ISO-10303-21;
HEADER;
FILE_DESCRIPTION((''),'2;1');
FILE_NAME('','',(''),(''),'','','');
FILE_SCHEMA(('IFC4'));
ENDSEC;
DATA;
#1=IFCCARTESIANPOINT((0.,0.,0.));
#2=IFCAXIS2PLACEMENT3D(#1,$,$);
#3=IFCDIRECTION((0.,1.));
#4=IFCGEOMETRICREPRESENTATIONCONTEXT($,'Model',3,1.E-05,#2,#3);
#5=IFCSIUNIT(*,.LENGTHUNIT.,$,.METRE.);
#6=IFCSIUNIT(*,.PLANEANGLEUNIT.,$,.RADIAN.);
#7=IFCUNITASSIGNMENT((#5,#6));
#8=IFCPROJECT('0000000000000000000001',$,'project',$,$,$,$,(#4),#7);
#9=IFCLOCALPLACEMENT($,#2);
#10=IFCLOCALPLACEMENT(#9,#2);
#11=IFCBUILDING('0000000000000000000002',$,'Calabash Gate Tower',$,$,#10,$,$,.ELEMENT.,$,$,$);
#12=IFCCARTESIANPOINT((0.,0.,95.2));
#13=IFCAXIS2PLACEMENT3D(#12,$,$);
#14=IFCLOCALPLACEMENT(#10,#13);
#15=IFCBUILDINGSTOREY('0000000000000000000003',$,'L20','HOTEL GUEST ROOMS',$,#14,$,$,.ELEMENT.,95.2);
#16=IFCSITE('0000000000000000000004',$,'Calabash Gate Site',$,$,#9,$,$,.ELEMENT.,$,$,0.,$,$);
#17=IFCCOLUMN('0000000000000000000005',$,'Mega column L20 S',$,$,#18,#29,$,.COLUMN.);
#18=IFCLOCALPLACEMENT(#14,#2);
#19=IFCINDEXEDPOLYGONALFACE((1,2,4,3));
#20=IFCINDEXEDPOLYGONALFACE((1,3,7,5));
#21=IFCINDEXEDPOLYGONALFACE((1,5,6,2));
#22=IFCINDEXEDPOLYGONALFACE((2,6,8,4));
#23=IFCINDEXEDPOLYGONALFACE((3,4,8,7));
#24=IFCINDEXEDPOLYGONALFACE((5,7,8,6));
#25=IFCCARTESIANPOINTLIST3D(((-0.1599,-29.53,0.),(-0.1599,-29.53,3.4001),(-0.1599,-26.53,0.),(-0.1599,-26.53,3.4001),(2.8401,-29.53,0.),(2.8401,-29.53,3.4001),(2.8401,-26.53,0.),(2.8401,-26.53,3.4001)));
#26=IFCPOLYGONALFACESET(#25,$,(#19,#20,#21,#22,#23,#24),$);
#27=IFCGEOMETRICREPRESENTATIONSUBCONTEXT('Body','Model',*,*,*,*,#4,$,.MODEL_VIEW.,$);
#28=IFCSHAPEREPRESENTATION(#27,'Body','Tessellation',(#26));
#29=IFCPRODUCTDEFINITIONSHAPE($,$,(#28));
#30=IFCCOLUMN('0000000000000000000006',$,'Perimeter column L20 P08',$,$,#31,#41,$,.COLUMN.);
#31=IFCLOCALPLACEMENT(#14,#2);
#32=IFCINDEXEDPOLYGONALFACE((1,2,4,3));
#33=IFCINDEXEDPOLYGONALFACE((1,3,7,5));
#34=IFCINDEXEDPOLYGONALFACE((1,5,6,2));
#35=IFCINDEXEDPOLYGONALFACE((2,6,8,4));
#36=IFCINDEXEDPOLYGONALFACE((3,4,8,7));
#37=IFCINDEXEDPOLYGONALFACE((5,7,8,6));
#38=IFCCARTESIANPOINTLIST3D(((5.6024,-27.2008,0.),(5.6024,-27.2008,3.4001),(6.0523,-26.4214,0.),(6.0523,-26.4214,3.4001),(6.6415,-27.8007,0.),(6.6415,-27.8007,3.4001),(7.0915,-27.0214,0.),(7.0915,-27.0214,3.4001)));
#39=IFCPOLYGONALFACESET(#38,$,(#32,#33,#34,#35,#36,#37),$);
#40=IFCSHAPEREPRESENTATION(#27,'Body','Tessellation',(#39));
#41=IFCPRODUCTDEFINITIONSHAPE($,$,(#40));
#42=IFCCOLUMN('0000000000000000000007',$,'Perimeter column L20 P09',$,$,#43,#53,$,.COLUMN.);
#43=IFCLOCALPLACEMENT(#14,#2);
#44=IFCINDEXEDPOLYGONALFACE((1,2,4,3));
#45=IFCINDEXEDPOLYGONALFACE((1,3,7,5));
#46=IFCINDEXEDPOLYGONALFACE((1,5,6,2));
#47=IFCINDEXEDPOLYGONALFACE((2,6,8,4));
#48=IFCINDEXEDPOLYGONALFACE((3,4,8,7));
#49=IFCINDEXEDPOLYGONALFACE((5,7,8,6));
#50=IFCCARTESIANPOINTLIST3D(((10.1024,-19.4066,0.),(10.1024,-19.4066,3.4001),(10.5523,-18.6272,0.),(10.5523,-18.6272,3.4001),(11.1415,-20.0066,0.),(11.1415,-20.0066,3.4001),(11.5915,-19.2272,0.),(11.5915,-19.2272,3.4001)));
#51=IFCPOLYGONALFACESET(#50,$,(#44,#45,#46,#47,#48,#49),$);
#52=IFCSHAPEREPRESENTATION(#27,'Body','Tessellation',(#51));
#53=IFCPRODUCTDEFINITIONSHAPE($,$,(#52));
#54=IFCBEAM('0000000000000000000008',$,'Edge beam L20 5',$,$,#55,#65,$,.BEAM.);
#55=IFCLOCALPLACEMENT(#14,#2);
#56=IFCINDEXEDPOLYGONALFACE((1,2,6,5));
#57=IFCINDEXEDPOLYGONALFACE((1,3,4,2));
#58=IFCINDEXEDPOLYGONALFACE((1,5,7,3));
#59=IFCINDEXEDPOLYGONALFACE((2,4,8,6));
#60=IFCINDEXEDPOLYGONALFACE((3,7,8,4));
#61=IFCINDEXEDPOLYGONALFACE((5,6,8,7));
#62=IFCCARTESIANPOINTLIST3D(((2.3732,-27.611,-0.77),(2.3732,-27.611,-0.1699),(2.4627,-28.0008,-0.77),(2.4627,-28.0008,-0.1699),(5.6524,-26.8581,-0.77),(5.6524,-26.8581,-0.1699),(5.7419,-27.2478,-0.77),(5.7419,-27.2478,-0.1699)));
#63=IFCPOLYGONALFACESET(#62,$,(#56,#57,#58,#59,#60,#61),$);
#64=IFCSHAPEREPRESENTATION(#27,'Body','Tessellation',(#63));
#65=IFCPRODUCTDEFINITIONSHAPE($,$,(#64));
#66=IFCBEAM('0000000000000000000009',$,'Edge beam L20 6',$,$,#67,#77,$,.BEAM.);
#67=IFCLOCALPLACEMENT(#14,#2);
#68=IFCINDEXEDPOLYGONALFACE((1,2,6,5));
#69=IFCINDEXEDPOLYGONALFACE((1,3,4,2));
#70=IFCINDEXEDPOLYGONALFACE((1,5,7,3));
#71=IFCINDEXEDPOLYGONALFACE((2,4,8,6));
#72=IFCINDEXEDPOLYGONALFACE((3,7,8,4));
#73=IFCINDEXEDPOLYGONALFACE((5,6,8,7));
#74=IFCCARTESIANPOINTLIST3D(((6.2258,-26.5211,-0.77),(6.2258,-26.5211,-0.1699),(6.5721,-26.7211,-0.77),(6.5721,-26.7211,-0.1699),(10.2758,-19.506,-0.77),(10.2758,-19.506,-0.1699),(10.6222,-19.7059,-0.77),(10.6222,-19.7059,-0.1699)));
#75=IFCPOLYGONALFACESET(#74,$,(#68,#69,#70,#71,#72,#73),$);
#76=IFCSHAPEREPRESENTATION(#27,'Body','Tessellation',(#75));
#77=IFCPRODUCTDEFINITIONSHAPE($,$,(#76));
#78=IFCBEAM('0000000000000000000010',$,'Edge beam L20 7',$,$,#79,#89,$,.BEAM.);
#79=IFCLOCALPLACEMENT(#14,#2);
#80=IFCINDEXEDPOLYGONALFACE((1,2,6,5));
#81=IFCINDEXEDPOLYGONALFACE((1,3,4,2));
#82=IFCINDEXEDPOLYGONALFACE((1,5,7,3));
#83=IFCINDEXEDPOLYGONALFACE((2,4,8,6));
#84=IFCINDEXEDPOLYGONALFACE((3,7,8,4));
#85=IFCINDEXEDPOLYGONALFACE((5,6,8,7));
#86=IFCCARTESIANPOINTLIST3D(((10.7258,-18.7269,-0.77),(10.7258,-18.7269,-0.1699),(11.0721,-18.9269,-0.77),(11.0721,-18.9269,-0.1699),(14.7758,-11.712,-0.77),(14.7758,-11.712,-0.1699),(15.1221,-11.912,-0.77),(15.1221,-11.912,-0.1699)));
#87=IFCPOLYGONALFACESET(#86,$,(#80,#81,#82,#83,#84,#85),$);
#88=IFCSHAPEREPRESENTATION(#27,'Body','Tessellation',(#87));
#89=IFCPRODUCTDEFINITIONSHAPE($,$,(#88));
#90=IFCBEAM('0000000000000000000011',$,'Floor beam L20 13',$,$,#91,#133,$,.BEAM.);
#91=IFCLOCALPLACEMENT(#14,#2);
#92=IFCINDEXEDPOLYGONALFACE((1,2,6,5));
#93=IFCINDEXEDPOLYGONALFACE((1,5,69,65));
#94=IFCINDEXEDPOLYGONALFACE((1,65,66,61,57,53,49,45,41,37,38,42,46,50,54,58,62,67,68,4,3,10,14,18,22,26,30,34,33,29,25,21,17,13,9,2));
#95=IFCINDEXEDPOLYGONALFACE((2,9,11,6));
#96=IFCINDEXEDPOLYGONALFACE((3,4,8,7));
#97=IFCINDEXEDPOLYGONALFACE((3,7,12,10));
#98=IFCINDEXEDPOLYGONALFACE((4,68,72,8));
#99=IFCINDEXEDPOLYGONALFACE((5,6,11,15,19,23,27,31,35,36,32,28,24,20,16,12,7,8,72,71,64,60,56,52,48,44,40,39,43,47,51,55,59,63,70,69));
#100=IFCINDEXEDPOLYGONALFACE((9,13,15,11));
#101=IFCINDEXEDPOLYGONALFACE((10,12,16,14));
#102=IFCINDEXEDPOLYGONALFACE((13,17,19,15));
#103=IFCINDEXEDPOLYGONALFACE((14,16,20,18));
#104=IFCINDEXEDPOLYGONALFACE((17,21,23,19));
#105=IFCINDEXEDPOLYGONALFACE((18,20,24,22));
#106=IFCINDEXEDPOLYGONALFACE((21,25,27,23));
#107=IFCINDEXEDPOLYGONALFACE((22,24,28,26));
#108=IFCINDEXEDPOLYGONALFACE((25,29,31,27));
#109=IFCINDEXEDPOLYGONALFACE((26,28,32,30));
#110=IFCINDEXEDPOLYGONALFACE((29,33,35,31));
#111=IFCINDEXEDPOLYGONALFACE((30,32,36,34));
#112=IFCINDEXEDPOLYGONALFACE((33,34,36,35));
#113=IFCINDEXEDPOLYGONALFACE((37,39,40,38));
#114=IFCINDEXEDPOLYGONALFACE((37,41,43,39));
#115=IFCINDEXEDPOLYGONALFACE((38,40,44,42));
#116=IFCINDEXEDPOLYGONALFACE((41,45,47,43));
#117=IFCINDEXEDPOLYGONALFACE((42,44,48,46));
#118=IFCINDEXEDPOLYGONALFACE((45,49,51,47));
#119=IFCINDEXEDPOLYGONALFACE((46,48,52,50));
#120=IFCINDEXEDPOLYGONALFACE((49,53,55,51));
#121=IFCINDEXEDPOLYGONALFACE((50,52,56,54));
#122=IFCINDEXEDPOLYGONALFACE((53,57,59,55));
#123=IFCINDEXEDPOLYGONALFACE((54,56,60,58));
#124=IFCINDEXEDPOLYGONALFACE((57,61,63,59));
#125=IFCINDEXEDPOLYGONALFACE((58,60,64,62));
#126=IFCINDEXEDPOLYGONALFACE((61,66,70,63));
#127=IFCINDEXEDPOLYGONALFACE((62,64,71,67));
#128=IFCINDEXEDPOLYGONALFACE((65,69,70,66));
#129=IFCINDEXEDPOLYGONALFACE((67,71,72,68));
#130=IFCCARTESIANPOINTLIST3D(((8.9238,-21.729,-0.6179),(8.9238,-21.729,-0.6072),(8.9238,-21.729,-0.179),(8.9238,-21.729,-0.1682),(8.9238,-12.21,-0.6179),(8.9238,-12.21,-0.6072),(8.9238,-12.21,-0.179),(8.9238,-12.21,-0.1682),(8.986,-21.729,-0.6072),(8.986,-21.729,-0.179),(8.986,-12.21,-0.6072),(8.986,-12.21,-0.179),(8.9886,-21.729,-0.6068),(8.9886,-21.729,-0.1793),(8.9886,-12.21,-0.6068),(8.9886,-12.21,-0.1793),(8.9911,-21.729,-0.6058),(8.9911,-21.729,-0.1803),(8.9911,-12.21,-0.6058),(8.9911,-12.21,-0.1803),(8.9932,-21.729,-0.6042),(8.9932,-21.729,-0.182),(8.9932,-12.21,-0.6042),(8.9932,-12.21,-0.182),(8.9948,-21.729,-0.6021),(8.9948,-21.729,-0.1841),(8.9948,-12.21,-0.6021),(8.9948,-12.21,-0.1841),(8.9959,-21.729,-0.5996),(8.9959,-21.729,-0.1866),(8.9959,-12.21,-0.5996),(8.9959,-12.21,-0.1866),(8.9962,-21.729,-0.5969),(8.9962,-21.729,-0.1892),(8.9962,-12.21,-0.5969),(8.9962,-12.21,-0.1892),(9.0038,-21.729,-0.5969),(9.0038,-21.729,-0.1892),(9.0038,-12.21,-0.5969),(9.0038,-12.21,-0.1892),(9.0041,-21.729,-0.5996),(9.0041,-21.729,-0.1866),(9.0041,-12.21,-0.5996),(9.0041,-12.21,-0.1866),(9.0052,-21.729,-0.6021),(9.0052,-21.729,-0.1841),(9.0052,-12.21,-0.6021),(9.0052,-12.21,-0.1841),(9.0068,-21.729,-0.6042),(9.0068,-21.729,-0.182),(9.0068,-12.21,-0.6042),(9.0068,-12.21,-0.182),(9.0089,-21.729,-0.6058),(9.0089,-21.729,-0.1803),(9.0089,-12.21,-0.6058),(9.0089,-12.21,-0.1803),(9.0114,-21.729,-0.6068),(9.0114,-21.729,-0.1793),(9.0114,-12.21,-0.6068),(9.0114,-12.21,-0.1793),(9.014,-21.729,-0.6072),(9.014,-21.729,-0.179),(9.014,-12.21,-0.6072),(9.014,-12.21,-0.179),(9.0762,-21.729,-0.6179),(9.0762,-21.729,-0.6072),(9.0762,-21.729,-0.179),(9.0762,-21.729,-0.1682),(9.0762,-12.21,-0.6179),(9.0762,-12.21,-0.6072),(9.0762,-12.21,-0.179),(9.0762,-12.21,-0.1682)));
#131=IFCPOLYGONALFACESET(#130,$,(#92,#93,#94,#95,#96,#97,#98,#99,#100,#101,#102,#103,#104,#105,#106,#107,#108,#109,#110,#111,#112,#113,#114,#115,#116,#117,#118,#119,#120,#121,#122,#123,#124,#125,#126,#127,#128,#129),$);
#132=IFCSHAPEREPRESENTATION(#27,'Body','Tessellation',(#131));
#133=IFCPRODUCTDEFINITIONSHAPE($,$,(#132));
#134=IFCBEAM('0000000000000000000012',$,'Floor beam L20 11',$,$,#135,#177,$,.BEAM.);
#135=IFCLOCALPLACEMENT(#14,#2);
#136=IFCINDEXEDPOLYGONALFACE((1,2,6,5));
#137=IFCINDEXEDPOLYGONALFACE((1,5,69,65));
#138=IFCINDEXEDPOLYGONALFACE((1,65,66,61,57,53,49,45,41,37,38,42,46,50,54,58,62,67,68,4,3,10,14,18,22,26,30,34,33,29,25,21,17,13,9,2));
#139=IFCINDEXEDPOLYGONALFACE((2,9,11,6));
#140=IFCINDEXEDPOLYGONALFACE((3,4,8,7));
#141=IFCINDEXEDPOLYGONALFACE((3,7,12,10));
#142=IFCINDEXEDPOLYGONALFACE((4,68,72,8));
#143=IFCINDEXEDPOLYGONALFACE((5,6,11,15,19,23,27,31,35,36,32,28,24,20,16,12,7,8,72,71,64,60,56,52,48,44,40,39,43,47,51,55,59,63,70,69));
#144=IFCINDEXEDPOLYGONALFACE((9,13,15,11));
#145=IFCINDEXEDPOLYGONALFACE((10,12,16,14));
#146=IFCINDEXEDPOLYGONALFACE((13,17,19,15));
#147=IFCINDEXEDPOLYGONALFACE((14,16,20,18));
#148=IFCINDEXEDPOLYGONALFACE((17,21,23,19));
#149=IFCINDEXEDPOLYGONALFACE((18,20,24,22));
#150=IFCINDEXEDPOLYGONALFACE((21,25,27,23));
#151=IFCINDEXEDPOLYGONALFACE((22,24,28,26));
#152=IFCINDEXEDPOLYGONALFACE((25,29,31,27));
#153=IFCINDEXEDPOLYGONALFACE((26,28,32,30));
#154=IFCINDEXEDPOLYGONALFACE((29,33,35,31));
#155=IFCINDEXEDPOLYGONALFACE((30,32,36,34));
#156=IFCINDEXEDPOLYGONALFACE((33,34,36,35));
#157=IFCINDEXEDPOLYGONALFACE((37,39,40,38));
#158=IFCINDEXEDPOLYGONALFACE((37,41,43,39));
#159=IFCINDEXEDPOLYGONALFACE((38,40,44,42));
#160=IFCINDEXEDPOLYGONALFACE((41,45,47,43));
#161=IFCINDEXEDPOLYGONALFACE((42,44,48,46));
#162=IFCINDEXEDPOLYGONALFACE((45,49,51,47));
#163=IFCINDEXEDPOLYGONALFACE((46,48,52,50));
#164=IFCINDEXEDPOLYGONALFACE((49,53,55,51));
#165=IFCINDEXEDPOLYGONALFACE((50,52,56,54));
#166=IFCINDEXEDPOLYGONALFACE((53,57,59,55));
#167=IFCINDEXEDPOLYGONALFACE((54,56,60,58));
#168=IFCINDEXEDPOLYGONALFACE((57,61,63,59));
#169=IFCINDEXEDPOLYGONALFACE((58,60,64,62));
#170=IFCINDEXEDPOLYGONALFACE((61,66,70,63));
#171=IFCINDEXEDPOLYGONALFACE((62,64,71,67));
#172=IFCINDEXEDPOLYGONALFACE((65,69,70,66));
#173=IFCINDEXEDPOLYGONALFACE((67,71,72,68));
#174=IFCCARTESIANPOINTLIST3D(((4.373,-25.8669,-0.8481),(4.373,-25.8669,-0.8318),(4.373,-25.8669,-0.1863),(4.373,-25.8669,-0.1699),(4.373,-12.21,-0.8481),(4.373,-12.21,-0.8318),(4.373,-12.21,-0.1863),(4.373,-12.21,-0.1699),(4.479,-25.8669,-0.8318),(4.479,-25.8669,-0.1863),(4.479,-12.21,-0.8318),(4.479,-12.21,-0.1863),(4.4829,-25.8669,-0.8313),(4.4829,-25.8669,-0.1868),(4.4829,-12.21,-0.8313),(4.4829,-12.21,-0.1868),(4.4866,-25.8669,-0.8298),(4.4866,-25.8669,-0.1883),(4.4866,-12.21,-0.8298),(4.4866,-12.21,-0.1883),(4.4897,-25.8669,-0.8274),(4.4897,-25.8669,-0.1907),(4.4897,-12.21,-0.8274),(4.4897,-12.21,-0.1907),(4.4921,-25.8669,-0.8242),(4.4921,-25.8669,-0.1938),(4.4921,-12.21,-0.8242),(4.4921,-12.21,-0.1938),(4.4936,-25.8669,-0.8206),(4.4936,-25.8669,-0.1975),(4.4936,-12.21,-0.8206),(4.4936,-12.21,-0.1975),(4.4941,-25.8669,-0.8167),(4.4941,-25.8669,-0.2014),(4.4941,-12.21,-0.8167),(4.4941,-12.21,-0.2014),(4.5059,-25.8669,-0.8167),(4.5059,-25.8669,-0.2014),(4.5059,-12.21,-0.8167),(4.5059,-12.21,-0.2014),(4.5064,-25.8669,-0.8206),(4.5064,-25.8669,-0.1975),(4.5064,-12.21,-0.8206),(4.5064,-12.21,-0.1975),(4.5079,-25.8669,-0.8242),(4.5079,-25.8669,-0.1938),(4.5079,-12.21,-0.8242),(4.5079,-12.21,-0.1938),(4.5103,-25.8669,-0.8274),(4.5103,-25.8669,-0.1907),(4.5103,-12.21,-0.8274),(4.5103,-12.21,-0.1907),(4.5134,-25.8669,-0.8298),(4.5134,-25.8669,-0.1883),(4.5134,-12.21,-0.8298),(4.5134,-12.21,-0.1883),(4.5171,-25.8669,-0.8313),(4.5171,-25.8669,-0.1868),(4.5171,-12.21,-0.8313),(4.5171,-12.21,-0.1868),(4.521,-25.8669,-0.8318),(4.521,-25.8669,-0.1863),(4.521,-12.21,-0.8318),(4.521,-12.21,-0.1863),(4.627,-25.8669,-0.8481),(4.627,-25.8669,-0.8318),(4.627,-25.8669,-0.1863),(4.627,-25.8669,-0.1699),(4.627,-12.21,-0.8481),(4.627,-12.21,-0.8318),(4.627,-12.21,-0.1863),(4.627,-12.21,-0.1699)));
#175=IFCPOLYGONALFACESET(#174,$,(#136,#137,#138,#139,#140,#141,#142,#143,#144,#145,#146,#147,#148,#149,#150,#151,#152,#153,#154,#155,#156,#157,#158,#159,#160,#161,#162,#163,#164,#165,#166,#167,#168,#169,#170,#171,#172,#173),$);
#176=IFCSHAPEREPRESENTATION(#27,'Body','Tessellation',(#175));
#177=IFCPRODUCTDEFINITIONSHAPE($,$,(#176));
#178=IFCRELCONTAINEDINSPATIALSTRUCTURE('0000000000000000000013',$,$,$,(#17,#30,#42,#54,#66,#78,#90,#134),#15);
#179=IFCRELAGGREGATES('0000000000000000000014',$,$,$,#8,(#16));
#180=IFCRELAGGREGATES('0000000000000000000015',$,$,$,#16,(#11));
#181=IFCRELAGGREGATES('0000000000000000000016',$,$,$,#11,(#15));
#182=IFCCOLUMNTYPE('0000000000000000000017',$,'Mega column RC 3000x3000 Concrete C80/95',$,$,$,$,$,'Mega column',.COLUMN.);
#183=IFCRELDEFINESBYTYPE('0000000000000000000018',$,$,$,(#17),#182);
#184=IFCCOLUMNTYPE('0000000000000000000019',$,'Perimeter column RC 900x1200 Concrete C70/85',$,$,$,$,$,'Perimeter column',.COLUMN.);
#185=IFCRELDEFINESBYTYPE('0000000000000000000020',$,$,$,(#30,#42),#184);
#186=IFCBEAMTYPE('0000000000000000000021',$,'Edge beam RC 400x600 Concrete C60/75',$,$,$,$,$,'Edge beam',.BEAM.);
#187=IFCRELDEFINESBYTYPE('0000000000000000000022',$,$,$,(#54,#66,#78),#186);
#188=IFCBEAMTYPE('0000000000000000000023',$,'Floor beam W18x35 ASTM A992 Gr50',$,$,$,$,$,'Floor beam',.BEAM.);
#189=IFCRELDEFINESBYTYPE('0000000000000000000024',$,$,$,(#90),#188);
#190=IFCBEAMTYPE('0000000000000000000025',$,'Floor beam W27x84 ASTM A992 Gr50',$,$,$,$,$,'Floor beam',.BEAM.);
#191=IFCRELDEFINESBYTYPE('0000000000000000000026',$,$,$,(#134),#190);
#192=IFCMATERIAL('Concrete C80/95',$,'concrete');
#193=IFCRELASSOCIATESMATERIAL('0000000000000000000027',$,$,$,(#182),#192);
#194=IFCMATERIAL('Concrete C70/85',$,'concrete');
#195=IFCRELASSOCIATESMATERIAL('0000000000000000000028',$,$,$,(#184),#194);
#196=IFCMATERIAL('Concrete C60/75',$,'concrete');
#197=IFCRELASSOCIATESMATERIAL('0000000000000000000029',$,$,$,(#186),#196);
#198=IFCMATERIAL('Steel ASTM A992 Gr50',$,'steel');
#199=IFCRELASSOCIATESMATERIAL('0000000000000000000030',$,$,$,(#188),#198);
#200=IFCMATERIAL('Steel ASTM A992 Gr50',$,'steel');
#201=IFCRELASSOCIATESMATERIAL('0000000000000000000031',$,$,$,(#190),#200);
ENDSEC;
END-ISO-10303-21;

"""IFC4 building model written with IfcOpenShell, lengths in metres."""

from ifc_helpers import new_model, si_unit, direction, frame, origin, origin_2d, place, context, subcontext, project, spatial, rectangle, i_section, extrude, material, material_profile, profile_set, type_object, element, save


model = new_model("IFC4")

# Units and contexts
model_context = context("Model", 3, precision=1e-05, world=origin(), true_north=direction((0.0, 1.0)))
body_context = subcontext(model_context, "Body", "Model", "MODEL_VIEW")
ifc_project = project(units=[si_unit("LENGTHUNIT", "METRE"), si_unit("PLANEANGLEUNIT", "RADIAN")], contexts=[model_context])

# Site, building, storey
site_placement = place(None, origin())
site = spatial("IfcSite", under=ifc_project, at=site_placement, Name="Calabash Gate Site", CompositionType="ELEMENT", RefElevation=0.0)
building_placement = place(site_placement, origin())
building = spatial("IfcBuilding", under=site, at=building_placement, Name="Calabash Gate Tower", CompositionType="ELEMENT")
storey_placement = place(building_placement, frame((0.0, 0.0, 95.2)))
storey = spatial("IfcBuildingStorey", under=building, at=storey_placement, Name="L20", Description="HOTEL GUEST ROOMS", CompositionType="ELEMENT", Elevation=95.2)

# Columns
ifc_material_1 = material(Name="Concrete C80/95", Category="concrete")
ifc_material_profile_1 = material_profile(ifc_material_1, rectangle(XDim=3.0, YDim=3.0, at=origin_2d()))
ifc_profile_set_1 = profile_set([ifc_material_profile_1], Name="Concrete C80/95")
column_type_1 = type_object("IfcColumnType", Name="Mega column RC 3000x3000 Concrete C80/95", ElementType="Mega column", PredefinedType="COLUMN", material=ifc_profile_set_1)
column_placement = place(storey_placement, frame((1.3401, -28.03, 0.0), z_axis=(0.0, 0.0, 1.0), x_axis=(0.0, 1.0, 0.0)))
element("IfcColumn", 1, at=column_placement, inside=storey, type_object=column_type_1, Name="Mega column L20 S", PredefinedType="COLUMN", context=body_context, shape_type="SweptSolid", body=[
    extrude(rectangle(XDim=3.0, YDim=3.0, at=origin_2d()), origin(), (0.0, 0.0, 1.0), 3.4001),
])
ifc_material_2 = material(Name="Concrete C70/85", Category="concrete")
ifc_material_profile_2 = material_profile(ifc_material_2, rectangle(XDim=0.8999, YDim=1.2, at=origin_2d()))
ifc_profile_set_2 = profile_set([ifc_material_profile_2], Name="Concrete C70/85")
column_type_2 = type_object("IfcColumnType", Name="Perimeter column RC 900x1200 Concrete C70/85", ElementType="Perimeter column", PredefinedType="COLUMN", material=ifc_profile_set_2)
for number, where, z_axis, x_axis, name in (
    (2, (6.3469, -27.1111, 0.0), (0.0, 0.0, 1.0), (0.5, 0.866025, 0.0), "Perimeter column L20 P08"),
    (3, (10.8469, -19.3169, 0.0), (0.0, 0.0, 1.0), (0.5, 0.866025, 0.0), "Perimeter column L20 P09"),
):
    element("IfcColumn", number, at=place(storey_placement, frame(where, z_axis=z_axis, x_axis=x_axis)), inside=storey, type_object=column_type_2, Name=name, PredefinedType="COLUMN", context=body_context, shape_type="SweptSolid", body=[
        extrude(rectangle(XDim=0.8999, YDim=1.2, at=origin_2d()), origin(), (0.0, 0.0, 1.0), 3.4001),
    ])

# Beams
ifc_material_3 = material(Name="Concrete C60/75", Category="concrete")
ifc_material_profile_3 = material_profile(ifc_material_3, rectangle(XDim=0.3999, YDim=0.6001, at=origin_2d()))
ifc_profile_set_3 = profile_set([ifc_material_profile_3], Name="Concrete C60/75")
beam_type_1 = type_object("IfcBeamType", Name="Edge beam RC 400x600 Concrete C60/75", ElementType="Edge beam", PredefinedType="BEAM", material=ifc_profile_set_3)
beam_1_placement = place(storey_placement, frame((2.418, -27.8059, -0.47), z_axis=(0.974636, 0.223794, 0.0), x_axis=(-0.223794, 0.974636, 0.0)))
element("IfcBeam", 4, at=beam_1_placement, inside=storey, type_object=beam_type_1, Name="Edge beam L20 5", PredefinedType="BEAM", context=body_context, shape_type="SweptSolid", body=[
    extrude(rectangle(XDim=0.3999, YDim=0.6001, at=origin_2d()), origin(), (0.0, 0.0, 1.0), 3.3645),
])
beam_2_placement = place(storey_placement, frame((6.3989, -26.6211, -0.47), z_axis=(0.499987, 0.866033, 0.0), x_axis=(-0.866033, 0.499987, 0.0)))
element("IfcBeam", 5, at=beam_2_placement, inside=storey, type_object=beam_type_1, Name="Edge beam L20 6", PredefinedType="BEAM", context=body_context, shape_type="SweptSolid", body=[
    extrude(rectangle(XDim=0.3999, YDim=0.6001, at=origin_2d()), origin(), (0.0, 0.0, 1.0), 8.1003),
])
beam_3_placement = place(storey_placement, frame((10.8989, -18.8269, -0.47), z_axis=(0.5, 0.866025, 0.0), x_axis=(-0.866025, 0.5, 0.0)))
element("IfcBeam", 6, at=beam_3_placement, inside=storey, type_object=beam_type_1, Name="Edge beam L20 7", PredefinedType="BEAM", context=body_context, shape_type="SweptSolid", body=[
    extrude(rectangle(XDim=0.3999, YDim=0.6001, at=origin_2d()), origin(), (0.0, 0.0, 1.0), 8.1001),
])
ifc_material_4 = material(Name="Steel ASTM A992 Gr50", Category="steel")
ifc_material_profile_4 = material_profile(ifc_material_4, i_section(OverallWidth=0.1523, OverallDepth=0.4497, WebThickness=0.0076, FlangeThickness=0.0107, FilletRadius=0.0103, at=origin_2d()))
ifc_profile_set_4 = profile_set([ifc_material_profile_4], Name="Steel ASTM A992 Gr50")
beam_type_2 = type_object("IfcBeamType", Name="Floor beam W18x35 ASTM A992 Gr50", ElementType="Floor beam", PredefinedType="BEAM", material=ifc_profile_set_4)
beam_4_placement = place(storey_placement, frame((9.0, -21.729, -0.3931), z_axis=(0.0, 1.0, 0.0), x_axis=(-1.0, 0.0, 0.0)))
element("IfcBeam", 7, at=beam_4_placement, inside=storey, type_object=beam_type_2, Name="Floor beam L20 13", PredefinedType="BEAM", context=body_context, shape_type="SweptSolid", body=[
    extrude(i_section(OverallWidth=0.1523, OverallDepth=0.4497, WebThickness=0.0076, FlangeThickness=0.0107, FilletRadius=0.0103, at=origin_2d()), origin(), (0.0, 0.0, 1.0), 9.519),
])
ifc_material_5 = material(Name="Steel ASTM A992 Gr50", Category="steel")
ifc_material_profile_5 = material_profile(ifc_material_5, i_section(OverallWidth=0.2539, OverallDepth=0.6782, WebThickness=0.0117, FlangeThickness=0.0164, FilletRadius=0.0151, at=origin_2d()))
ifc_profile_set_5 = profile_set([ifc_material_profile_5], Name="Steel ASTM A992 Gr50")
beam_type_3 = type_object("IfcBeamType", Name="Floor beam W27x84 ASTM A992 Gr50", ElementType="Floor beam", PredefinedType="BEAM", material=ifc_profile_set_5)
beam_5_placement = place(storey_placement, frame((4.5, -25.8669, -0.509), z_axis=(0.0, 1.0, 0.0), x_axis=(-1.0, 0.0, 0.0)))
element("IfcBeam", 8, at=beam_5_placement, inside=storey, type_object=beam_type_3, Name="Floor beam L20 11", PredefinedType="BEAM", context=body_context, shape_type="SweptSolid", body=[
    extrude(i_section(OverallWidth=0.2539, OverallDepth=0.6782, WebThickness=0.0117, FlangeThickness=0.0164, FilletRadius=0.0151, at=origin_2d()), origin(), (0.0, 0.0, 1.0), 13.657),
])

save(model, "model.ifc")
